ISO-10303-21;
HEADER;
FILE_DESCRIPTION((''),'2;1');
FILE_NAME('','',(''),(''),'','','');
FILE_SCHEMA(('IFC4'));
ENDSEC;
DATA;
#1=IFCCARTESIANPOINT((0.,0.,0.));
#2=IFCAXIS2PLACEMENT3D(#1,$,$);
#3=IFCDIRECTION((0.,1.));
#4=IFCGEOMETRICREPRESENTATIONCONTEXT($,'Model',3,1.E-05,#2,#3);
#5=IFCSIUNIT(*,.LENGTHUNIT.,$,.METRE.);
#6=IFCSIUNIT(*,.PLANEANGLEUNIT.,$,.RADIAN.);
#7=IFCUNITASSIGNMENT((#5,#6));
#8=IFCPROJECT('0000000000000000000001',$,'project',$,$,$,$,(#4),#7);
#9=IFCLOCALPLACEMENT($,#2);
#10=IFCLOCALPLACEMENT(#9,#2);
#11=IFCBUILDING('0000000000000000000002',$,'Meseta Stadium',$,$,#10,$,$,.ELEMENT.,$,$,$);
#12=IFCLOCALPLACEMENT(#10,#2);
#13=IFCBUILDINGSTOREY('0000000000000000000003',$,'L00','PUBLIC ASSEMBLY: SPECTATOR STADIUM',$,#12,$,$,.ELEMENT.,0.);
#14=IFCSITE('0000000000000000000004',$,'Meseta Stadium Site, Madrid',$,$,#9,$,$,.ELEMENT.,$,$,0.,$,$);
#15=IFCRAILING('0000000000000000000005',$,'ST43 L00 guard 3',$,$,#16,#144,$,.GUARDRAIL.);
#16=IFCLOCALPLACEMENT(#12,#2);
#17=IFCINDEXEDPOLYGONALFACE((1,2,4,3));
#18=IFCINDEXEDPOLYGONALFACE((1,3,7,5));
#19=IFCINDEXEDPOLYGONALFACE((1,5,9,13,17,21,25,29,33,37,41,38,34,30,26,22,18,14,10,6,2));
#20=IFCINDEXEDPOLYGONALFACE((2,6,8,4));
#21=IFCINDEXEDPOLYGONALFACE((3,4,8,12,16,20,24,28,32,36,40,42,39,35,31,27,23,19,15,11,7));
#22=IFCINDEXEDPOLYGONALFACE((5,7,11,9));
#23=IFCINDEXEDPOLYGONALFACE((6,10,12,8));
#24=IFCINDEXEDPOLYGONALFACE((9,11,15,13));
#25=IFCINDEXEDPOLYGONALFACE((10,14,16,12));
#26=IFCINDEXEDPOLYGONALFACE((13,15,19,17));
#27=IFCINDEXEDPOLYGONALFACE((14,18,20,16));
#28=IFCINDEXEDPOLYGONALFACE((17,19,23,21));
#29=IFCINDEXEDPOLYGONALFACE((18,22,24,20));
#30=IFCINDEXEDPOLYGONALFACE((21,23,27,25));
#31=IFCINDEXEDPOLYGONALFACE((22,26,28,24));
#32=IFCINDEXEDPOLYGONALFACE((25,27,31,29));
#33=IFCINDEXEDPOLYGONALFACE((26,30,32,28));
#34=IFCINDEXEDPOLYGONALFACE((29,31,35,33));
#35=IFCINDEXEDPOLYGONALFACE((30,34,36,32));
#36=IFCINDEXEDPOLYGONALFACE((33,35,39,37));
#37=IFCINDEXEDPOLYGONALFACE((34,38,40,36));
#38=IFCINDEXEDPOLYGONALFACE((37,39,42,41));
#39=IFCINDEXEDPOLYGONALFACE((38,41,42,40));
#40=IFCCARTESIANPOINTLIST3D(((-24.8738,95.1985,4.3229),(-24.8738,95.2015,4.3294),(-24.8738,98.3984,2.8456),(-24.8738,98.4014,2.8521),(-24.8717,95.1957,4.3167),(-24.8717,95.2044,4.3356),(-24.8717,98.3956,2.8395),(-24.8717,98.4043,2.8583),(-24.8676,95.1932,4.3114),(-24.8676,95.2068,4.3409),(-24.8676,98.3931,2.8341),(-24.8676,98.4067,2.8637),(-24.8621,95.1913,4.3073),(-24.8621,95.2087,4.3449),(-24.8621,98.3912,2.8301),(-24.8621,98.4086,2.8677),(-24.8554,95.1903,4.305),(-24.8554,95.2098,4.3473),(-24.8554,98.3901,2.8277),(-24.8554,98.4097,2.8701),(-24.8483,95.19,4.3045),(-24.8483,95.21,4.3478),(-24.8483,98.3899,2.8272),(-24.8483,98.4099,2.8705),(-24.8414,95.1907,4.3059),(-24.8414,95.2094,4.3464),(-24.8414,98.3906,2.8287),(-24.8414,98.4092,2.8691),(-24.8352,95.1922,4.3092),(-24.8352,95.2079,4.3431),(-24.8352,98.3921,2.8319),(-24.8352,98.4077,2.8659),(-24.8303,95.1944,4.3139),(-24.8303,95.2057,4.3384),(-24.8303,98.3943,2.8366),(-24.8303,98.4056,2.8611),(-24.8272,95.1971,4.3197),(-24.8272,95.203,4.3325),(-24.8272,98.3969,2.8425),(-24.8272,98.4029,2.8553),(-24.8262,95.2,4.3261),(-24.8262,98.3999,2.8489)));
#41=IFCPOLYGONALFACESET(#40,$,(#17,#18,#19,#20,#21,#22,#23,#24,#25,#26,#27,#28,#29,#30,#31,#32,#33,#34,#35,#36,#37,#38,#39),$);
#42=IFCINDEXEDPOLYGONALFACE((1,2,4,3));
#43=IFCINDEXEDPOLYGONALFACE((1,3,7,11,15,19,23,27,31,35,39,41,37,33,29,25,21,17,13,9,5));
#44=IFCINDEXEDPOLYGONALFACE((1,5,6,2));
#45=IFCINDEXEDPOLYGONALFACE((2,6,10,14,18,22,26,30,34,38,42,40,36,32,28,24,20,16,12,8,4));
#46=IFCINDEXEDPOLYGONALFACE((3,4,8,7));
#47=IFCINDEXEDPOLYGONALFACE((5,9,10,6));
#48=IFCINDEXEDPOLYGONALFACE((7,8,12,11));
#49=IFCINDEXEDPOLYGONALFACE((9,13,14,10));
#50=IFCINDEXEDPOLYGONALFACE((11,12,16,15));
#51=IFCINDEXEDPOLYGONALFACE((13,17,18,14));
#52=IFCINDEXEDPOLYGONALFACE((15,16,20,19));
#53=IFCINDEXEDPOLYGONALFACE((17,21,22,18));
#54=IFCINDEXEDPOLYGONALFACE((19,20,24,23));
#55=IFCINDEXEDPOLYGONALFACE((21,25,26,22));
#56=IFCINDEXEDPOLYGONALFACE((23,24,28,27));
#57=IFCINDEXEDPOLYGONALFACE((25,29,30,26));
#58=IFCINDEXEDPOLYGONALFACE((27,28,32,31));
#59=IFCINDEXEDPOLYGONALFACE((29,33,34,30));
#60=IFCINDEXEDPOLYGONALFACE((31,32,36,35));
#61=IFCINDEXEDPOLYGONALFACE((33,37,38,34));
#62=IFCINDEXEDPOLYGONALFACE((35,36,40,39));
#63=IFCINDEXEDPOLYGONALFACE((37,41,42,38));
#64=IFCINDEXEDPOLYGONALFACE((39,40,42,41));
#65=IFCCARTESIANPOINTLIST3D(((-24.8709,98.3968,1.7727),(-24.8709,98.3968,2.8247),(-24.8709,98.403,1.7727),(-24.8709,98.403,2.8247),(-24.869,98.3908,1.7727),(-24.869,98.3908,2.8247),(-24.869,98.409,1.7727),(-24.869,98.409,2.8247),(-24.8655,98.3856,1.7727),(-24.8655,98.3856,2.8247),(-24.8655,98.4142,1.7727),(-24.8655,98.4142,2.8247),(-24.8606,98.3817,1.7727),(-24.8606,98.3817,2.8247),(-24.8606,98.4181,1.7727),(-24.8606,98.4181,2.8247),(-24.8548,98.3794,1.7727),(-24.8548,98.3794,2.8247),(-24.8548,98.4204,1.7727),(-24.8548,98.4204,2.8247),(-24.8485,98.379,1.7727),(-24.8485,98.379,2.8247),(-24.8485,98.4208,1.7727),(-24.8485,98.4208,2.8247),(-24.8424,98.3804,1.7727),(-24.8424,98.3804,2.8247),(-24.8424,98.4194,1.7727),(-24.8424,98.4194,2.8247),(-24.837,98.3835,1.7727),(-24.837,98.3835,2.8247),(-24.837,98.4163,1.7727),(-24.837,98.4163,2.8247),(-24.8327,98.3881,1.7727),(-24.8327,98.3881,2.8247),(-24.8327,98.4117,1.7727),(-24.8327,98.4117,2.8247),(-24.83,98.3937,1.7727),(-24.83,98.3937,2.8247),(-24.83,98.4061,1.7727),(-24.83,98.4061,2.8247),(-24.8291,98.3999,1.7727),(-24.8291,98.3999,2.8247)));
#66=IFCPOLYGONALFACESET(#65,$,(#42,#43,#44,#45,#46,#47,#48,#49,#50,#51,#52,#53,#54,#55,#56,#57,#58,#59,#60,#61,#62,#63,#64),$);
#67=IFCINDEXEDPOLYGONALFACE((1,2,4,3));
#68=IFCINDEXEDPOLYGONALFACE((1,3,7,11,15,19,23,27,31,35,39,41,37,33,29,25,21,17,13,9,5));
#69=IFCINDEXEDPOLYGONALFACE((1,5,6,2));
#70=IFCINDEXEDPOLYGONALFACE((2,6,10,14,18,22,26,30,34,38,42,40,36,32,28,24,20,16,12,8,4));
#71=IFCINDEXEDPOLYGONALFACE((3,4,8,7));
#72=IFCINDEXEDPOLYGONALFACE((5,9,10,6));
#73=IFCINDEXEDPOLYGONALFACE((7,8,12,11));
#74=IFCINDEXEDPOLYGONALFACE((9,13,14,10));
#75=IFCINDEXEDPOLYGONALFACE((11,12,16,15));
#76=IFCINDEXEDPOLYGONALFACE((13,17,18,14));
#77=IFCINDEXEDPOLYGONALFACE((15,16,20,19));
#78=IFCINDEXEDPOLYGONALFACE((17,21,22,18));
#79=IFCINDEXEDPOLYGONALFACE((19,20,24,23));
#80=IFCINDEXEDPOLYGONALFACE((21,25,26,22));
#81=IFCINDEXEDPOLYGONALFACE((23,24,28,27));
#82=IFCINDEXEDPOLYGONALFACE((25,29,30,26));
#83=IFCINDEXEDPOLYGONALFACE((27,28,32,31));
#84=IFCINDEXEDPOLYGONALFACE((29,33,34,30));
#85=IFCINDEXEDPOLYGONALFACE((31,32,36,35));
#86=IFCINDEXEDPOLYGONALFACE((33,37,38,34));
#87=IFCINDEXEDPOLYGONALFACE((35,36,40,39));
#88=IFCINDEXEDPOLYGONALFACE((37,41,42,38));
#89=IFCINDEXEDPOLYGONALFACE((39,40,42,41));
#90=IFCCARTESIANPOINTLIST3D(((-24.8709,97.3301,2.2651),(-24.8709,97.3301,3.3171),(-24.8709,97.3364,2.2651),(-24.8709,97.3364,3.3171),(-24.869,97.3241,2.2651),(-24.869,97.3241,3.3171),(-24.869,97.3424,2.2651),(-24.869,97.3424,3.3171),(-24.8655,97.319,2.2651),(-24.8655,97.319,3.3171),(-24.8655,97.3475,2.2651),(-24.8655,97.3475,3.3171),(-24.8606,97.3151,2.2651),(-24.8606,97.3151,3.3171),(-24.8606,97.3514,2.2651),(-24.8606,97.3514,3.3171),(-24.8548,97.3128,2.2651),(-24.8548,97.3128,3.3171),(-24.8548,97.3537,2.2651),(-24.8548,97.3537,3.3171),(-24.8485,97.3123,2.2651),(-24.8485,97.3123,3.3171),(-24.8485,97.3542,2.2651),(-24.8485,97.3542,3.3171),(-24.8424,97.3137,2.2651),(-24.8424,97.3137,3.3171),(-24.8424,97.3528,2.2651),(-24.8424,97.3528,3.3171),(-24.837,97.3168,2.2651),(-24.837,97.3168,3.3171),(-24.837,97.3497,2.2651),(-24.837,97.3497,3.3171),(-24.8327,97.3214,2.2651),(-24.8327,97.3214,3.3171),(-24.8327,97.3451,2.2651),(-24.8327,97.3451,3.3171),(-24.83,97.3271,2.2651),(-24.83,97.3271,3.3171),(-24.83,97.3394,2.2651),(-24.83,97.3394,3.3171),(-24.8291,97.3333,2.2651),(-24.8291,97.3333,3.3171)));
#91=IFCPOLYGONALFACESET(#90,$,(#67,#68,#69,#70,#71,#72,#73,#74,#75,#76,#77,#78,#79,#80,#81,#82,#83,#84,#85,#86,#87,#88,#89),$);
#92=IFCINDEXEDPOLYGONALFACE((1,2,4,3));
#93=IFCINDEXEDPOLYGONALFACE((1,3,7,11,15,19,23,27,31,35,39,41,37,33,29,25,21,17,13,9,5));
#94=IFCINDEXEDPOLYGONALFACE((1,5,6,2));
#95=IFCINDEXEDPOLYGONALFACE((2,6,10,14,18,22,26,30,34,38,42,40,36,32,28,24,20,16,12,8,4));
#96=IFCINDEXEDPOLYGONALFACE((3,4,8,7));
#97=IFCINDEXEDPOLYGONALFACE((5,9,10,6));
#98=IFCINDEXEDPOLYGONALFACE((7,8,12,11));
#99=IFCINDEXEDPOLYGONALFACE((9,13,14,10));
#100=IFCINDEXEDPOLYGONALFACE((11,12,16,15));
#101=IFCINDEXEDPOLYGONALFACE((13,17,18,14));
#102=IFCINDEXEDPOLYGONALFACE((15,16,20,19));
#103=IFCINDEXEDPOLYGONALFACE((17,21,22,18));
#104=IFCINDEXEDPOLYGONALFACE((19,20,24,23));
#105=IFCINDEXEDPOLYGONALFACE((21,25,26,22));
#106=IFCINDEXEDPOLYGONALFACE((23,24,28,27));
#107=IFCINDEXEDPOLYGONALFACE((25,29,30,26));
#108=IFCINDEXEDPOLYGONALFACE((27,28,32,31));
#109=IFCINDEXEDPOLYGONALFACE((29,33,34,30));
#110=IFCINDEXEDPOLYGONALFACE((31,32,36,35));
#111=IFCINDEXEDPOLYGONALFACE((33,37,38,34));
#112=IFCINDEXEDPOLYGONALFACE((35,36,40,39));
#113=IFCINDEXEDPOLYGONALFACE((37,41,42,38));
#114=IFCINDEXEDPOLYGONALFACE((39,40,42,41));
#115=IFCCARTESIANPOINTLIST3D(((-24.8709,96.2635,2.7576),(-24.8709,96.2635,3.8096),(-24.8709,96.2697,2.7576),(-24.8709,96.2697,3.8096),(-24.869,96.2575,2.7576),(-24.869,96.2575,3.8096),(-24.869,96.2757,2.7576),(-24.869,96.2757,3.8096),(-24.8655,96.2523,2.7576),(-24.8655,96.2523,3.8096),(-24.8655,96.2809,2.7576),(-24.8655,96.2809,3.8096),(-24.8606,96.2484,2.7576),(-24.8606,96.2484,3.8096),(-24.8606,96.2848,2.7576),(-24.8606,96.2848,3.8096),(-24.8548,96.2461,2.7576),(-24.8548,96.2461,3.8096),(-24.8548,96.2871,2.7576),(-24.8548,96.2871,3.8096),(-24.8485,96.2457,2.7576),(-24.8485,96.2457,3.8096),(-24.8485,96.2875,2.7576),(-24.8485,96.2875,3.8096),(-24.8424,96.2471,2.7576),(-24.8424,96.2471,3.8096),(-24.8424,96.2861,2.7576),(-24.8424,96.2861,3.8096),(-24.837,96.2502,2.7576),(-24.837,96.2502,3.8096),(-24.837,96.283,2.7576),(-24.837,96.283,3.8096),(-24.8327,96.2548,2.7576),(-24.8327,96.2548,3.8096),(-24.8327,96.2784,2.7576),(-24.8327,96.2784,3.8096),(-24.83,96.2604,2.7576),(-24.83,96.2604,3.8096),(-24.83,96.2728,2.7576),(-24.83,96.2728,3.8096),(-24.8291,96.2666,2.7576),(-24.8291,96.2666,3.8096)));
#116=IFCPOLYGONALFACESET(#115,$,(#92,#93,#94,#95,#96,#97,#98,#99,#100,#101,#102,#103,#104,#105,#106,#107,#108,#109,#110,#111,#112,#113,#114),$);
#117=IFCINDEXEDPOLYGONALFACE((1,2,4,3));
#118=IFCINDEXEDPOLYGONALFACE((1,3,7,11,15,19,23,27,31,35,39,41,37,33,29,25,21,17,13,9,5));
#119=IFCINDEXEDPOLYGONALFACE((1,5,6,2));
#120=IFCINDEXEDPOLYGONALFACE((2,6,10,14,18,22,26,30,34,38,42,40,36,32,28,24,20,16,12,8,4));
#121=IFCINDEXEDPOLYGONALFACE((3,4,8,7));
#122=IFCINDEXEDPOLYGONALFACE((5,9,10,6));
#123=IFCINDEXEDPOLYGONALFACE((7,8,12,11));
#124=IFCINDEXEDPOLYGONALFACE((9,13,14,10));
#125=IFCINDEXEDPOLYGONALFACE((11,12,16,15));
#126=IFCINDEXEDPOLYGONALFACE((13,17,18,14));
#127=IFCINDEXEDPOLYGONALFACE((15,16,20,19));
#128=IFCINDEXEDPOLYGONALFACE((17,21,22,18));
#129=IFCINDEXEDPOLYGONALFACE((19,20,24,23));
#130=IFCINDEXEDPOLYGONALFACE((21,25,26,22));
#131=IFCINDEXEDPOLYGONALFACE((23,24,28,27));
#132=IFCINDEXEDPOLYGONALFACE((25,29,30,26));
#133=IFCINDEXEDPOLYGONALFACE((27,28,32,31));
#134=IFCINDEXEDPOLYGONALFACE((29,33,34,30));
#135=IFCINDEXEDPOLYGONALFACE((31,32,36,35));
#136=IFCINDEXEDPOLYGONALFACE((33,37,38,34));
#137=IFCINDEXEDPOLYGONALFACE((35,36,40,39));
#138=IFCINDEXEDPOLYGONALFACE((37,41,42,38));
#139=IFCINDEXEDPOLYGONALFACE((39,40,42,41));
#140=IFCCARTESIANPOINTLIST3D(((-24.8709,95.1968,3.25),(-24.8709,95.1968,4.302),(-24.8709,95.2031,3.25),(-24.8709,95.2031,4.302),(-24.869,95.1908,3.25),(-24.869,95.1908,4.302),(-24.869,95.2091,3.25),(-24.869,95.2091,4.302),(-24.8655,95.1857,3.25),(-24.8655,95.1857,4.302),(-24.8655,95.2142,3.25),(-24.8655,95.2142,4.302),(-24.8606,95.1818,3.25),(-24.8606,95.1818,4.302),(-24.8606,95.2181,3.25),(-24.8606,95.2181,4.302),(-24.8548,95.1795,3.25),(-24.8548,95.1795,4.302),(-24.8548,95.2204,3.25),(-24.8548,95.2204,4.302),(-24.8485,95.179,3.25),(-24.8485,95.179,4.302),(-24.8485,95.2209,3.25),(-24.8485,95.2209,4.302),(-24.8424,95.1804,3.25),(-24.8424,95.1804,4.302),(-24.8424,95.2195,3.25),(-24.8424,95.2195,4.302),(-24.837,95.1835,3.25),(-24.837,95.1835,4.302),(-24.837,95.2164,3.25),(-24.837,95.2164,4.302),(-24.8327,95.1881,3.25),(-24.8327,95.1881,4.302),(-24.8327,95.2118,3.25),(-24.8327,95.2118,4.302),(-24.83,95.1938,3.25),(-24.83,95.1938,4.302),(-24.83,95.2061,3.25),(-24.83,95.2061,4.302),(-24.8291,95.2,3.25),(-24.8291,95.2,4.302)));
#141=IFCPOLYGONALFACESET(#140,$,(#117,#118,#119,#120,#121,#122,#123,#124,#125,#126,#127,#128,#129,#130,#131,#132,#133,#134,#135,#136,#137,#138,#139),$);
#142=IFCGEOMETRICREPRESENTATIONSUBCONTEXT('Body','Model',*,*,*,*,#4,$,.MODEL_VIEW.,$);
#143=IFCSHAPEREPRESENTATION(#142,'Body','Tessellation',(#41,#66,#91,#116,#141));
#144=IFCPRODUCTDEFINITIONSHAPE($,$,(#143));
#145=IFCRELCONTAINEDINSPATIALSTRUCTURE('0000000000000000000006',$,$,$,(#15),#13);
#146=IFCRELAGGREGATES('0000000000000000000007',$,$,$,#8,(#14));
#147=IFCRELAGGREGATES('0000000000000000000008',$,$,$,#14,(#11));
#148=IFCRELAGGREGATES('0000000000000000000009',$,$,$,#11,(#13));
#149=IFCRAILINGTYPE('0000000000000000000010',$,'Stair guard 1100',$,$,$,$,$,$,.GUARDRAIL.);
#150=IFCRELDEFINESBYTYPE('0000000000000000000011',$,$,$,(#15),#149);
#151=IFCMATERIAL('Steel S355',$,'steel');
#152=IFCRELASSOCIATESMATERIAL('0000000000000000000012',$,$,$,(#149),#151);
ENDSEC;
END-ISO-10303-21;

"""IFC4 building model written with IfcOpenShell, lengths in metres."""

from ifc_helpers import new_model, si_unit, direction, frame, origin, origin_2d, place, context, subcontext, project, spatial, circle, extrude, material, type_object, element, save


model = new_model("IFC4")

# Units and contexts
model_context = context("Model", 3, precision=1e-05, world=origin(), true_north=direction((0.0, 1.0)))
body_context = subcontext(model_context, "Body", "Model", "MODEL_VIEW")
ifc_project = project(units=[si_unit("LENGTHUNIT", "METRE"), si_unit("PLANEANGLEUNIT", "RADIAN")], contexts=[model_context])

# Site, building, storey
site_placement = place(None, origin())
site = spatial("IfcSite", under=ifc_project, at=site_placement, Name="Meseta Stadium Site, Madrid", CompositionType="ELEMENT", RefElevation=0.0)
building_placement = place(site_placement, origin())
building = spatial("IfcBuilding", under=site, at=building_placement, Name="Meseta Stadium", CompositionType="ELEMENT")
storey_placement = place(building_placement, origin())
storey = spatial("IfcBuildingStorey", under=building, at=storey_placement, Name="L00", Description="PUBLIC ASSEMBLY: SPECTATOR STADIUM", CompositionType="ELEMENT", Elevation=0.0)

# Railing
ifc_material_1 = material(Name="Steel S355", Category="steel")
railing_type_1 = type_object("IfcRailingType", Name="Stair guard 1100", PredefinedType="GUARDRAIL", material=ifc_material_1)
railing_1_placement = place(storey_placement, frame((-24.8501, 98.3999, 1.7727)))
element("IfcRailing", 1, at=railing_1_placement, inside=storey, type_object=railing_type_1, Name="ST43 L00 guard 3", PredefinedType="GUARDRAIL", context=body_context, shape_type="SweptSolid", body=[
    extrude(circle(Radius=0.0239, at=origin_2d()), frame((0.0, 0.0, 1.0762), z_axis=(0.0, -0.907917, 0.41915), x_axis=(1.0, 0.0, 0.0)), (0.0, 0.0, 1.0), 3.5244),
    extrude(circle(Radius=0.021, at=origin_2d()), origin(), (0.0, 0.0, 1.0), 1.052),
    extrude(circle(Radius=0.021, at=origin_2d()), frame((0.0, -1.0667, 0.4924)), (0.0, 0.0, 1.0), 1.052),
    extrude(circle(Radius=0.021, at=origin_2d()), frame((0.0, -2.1333, 0.9849)), (0.0, 0.0, 1.0), 1.052),
    extrude(circle(Radius=0.021, at=origin_2d()), frame((0.0, -3.2, 1.4773)), (0.0, 0.0, 1.0), 1.052),
])

save(model, "model.ifc")
